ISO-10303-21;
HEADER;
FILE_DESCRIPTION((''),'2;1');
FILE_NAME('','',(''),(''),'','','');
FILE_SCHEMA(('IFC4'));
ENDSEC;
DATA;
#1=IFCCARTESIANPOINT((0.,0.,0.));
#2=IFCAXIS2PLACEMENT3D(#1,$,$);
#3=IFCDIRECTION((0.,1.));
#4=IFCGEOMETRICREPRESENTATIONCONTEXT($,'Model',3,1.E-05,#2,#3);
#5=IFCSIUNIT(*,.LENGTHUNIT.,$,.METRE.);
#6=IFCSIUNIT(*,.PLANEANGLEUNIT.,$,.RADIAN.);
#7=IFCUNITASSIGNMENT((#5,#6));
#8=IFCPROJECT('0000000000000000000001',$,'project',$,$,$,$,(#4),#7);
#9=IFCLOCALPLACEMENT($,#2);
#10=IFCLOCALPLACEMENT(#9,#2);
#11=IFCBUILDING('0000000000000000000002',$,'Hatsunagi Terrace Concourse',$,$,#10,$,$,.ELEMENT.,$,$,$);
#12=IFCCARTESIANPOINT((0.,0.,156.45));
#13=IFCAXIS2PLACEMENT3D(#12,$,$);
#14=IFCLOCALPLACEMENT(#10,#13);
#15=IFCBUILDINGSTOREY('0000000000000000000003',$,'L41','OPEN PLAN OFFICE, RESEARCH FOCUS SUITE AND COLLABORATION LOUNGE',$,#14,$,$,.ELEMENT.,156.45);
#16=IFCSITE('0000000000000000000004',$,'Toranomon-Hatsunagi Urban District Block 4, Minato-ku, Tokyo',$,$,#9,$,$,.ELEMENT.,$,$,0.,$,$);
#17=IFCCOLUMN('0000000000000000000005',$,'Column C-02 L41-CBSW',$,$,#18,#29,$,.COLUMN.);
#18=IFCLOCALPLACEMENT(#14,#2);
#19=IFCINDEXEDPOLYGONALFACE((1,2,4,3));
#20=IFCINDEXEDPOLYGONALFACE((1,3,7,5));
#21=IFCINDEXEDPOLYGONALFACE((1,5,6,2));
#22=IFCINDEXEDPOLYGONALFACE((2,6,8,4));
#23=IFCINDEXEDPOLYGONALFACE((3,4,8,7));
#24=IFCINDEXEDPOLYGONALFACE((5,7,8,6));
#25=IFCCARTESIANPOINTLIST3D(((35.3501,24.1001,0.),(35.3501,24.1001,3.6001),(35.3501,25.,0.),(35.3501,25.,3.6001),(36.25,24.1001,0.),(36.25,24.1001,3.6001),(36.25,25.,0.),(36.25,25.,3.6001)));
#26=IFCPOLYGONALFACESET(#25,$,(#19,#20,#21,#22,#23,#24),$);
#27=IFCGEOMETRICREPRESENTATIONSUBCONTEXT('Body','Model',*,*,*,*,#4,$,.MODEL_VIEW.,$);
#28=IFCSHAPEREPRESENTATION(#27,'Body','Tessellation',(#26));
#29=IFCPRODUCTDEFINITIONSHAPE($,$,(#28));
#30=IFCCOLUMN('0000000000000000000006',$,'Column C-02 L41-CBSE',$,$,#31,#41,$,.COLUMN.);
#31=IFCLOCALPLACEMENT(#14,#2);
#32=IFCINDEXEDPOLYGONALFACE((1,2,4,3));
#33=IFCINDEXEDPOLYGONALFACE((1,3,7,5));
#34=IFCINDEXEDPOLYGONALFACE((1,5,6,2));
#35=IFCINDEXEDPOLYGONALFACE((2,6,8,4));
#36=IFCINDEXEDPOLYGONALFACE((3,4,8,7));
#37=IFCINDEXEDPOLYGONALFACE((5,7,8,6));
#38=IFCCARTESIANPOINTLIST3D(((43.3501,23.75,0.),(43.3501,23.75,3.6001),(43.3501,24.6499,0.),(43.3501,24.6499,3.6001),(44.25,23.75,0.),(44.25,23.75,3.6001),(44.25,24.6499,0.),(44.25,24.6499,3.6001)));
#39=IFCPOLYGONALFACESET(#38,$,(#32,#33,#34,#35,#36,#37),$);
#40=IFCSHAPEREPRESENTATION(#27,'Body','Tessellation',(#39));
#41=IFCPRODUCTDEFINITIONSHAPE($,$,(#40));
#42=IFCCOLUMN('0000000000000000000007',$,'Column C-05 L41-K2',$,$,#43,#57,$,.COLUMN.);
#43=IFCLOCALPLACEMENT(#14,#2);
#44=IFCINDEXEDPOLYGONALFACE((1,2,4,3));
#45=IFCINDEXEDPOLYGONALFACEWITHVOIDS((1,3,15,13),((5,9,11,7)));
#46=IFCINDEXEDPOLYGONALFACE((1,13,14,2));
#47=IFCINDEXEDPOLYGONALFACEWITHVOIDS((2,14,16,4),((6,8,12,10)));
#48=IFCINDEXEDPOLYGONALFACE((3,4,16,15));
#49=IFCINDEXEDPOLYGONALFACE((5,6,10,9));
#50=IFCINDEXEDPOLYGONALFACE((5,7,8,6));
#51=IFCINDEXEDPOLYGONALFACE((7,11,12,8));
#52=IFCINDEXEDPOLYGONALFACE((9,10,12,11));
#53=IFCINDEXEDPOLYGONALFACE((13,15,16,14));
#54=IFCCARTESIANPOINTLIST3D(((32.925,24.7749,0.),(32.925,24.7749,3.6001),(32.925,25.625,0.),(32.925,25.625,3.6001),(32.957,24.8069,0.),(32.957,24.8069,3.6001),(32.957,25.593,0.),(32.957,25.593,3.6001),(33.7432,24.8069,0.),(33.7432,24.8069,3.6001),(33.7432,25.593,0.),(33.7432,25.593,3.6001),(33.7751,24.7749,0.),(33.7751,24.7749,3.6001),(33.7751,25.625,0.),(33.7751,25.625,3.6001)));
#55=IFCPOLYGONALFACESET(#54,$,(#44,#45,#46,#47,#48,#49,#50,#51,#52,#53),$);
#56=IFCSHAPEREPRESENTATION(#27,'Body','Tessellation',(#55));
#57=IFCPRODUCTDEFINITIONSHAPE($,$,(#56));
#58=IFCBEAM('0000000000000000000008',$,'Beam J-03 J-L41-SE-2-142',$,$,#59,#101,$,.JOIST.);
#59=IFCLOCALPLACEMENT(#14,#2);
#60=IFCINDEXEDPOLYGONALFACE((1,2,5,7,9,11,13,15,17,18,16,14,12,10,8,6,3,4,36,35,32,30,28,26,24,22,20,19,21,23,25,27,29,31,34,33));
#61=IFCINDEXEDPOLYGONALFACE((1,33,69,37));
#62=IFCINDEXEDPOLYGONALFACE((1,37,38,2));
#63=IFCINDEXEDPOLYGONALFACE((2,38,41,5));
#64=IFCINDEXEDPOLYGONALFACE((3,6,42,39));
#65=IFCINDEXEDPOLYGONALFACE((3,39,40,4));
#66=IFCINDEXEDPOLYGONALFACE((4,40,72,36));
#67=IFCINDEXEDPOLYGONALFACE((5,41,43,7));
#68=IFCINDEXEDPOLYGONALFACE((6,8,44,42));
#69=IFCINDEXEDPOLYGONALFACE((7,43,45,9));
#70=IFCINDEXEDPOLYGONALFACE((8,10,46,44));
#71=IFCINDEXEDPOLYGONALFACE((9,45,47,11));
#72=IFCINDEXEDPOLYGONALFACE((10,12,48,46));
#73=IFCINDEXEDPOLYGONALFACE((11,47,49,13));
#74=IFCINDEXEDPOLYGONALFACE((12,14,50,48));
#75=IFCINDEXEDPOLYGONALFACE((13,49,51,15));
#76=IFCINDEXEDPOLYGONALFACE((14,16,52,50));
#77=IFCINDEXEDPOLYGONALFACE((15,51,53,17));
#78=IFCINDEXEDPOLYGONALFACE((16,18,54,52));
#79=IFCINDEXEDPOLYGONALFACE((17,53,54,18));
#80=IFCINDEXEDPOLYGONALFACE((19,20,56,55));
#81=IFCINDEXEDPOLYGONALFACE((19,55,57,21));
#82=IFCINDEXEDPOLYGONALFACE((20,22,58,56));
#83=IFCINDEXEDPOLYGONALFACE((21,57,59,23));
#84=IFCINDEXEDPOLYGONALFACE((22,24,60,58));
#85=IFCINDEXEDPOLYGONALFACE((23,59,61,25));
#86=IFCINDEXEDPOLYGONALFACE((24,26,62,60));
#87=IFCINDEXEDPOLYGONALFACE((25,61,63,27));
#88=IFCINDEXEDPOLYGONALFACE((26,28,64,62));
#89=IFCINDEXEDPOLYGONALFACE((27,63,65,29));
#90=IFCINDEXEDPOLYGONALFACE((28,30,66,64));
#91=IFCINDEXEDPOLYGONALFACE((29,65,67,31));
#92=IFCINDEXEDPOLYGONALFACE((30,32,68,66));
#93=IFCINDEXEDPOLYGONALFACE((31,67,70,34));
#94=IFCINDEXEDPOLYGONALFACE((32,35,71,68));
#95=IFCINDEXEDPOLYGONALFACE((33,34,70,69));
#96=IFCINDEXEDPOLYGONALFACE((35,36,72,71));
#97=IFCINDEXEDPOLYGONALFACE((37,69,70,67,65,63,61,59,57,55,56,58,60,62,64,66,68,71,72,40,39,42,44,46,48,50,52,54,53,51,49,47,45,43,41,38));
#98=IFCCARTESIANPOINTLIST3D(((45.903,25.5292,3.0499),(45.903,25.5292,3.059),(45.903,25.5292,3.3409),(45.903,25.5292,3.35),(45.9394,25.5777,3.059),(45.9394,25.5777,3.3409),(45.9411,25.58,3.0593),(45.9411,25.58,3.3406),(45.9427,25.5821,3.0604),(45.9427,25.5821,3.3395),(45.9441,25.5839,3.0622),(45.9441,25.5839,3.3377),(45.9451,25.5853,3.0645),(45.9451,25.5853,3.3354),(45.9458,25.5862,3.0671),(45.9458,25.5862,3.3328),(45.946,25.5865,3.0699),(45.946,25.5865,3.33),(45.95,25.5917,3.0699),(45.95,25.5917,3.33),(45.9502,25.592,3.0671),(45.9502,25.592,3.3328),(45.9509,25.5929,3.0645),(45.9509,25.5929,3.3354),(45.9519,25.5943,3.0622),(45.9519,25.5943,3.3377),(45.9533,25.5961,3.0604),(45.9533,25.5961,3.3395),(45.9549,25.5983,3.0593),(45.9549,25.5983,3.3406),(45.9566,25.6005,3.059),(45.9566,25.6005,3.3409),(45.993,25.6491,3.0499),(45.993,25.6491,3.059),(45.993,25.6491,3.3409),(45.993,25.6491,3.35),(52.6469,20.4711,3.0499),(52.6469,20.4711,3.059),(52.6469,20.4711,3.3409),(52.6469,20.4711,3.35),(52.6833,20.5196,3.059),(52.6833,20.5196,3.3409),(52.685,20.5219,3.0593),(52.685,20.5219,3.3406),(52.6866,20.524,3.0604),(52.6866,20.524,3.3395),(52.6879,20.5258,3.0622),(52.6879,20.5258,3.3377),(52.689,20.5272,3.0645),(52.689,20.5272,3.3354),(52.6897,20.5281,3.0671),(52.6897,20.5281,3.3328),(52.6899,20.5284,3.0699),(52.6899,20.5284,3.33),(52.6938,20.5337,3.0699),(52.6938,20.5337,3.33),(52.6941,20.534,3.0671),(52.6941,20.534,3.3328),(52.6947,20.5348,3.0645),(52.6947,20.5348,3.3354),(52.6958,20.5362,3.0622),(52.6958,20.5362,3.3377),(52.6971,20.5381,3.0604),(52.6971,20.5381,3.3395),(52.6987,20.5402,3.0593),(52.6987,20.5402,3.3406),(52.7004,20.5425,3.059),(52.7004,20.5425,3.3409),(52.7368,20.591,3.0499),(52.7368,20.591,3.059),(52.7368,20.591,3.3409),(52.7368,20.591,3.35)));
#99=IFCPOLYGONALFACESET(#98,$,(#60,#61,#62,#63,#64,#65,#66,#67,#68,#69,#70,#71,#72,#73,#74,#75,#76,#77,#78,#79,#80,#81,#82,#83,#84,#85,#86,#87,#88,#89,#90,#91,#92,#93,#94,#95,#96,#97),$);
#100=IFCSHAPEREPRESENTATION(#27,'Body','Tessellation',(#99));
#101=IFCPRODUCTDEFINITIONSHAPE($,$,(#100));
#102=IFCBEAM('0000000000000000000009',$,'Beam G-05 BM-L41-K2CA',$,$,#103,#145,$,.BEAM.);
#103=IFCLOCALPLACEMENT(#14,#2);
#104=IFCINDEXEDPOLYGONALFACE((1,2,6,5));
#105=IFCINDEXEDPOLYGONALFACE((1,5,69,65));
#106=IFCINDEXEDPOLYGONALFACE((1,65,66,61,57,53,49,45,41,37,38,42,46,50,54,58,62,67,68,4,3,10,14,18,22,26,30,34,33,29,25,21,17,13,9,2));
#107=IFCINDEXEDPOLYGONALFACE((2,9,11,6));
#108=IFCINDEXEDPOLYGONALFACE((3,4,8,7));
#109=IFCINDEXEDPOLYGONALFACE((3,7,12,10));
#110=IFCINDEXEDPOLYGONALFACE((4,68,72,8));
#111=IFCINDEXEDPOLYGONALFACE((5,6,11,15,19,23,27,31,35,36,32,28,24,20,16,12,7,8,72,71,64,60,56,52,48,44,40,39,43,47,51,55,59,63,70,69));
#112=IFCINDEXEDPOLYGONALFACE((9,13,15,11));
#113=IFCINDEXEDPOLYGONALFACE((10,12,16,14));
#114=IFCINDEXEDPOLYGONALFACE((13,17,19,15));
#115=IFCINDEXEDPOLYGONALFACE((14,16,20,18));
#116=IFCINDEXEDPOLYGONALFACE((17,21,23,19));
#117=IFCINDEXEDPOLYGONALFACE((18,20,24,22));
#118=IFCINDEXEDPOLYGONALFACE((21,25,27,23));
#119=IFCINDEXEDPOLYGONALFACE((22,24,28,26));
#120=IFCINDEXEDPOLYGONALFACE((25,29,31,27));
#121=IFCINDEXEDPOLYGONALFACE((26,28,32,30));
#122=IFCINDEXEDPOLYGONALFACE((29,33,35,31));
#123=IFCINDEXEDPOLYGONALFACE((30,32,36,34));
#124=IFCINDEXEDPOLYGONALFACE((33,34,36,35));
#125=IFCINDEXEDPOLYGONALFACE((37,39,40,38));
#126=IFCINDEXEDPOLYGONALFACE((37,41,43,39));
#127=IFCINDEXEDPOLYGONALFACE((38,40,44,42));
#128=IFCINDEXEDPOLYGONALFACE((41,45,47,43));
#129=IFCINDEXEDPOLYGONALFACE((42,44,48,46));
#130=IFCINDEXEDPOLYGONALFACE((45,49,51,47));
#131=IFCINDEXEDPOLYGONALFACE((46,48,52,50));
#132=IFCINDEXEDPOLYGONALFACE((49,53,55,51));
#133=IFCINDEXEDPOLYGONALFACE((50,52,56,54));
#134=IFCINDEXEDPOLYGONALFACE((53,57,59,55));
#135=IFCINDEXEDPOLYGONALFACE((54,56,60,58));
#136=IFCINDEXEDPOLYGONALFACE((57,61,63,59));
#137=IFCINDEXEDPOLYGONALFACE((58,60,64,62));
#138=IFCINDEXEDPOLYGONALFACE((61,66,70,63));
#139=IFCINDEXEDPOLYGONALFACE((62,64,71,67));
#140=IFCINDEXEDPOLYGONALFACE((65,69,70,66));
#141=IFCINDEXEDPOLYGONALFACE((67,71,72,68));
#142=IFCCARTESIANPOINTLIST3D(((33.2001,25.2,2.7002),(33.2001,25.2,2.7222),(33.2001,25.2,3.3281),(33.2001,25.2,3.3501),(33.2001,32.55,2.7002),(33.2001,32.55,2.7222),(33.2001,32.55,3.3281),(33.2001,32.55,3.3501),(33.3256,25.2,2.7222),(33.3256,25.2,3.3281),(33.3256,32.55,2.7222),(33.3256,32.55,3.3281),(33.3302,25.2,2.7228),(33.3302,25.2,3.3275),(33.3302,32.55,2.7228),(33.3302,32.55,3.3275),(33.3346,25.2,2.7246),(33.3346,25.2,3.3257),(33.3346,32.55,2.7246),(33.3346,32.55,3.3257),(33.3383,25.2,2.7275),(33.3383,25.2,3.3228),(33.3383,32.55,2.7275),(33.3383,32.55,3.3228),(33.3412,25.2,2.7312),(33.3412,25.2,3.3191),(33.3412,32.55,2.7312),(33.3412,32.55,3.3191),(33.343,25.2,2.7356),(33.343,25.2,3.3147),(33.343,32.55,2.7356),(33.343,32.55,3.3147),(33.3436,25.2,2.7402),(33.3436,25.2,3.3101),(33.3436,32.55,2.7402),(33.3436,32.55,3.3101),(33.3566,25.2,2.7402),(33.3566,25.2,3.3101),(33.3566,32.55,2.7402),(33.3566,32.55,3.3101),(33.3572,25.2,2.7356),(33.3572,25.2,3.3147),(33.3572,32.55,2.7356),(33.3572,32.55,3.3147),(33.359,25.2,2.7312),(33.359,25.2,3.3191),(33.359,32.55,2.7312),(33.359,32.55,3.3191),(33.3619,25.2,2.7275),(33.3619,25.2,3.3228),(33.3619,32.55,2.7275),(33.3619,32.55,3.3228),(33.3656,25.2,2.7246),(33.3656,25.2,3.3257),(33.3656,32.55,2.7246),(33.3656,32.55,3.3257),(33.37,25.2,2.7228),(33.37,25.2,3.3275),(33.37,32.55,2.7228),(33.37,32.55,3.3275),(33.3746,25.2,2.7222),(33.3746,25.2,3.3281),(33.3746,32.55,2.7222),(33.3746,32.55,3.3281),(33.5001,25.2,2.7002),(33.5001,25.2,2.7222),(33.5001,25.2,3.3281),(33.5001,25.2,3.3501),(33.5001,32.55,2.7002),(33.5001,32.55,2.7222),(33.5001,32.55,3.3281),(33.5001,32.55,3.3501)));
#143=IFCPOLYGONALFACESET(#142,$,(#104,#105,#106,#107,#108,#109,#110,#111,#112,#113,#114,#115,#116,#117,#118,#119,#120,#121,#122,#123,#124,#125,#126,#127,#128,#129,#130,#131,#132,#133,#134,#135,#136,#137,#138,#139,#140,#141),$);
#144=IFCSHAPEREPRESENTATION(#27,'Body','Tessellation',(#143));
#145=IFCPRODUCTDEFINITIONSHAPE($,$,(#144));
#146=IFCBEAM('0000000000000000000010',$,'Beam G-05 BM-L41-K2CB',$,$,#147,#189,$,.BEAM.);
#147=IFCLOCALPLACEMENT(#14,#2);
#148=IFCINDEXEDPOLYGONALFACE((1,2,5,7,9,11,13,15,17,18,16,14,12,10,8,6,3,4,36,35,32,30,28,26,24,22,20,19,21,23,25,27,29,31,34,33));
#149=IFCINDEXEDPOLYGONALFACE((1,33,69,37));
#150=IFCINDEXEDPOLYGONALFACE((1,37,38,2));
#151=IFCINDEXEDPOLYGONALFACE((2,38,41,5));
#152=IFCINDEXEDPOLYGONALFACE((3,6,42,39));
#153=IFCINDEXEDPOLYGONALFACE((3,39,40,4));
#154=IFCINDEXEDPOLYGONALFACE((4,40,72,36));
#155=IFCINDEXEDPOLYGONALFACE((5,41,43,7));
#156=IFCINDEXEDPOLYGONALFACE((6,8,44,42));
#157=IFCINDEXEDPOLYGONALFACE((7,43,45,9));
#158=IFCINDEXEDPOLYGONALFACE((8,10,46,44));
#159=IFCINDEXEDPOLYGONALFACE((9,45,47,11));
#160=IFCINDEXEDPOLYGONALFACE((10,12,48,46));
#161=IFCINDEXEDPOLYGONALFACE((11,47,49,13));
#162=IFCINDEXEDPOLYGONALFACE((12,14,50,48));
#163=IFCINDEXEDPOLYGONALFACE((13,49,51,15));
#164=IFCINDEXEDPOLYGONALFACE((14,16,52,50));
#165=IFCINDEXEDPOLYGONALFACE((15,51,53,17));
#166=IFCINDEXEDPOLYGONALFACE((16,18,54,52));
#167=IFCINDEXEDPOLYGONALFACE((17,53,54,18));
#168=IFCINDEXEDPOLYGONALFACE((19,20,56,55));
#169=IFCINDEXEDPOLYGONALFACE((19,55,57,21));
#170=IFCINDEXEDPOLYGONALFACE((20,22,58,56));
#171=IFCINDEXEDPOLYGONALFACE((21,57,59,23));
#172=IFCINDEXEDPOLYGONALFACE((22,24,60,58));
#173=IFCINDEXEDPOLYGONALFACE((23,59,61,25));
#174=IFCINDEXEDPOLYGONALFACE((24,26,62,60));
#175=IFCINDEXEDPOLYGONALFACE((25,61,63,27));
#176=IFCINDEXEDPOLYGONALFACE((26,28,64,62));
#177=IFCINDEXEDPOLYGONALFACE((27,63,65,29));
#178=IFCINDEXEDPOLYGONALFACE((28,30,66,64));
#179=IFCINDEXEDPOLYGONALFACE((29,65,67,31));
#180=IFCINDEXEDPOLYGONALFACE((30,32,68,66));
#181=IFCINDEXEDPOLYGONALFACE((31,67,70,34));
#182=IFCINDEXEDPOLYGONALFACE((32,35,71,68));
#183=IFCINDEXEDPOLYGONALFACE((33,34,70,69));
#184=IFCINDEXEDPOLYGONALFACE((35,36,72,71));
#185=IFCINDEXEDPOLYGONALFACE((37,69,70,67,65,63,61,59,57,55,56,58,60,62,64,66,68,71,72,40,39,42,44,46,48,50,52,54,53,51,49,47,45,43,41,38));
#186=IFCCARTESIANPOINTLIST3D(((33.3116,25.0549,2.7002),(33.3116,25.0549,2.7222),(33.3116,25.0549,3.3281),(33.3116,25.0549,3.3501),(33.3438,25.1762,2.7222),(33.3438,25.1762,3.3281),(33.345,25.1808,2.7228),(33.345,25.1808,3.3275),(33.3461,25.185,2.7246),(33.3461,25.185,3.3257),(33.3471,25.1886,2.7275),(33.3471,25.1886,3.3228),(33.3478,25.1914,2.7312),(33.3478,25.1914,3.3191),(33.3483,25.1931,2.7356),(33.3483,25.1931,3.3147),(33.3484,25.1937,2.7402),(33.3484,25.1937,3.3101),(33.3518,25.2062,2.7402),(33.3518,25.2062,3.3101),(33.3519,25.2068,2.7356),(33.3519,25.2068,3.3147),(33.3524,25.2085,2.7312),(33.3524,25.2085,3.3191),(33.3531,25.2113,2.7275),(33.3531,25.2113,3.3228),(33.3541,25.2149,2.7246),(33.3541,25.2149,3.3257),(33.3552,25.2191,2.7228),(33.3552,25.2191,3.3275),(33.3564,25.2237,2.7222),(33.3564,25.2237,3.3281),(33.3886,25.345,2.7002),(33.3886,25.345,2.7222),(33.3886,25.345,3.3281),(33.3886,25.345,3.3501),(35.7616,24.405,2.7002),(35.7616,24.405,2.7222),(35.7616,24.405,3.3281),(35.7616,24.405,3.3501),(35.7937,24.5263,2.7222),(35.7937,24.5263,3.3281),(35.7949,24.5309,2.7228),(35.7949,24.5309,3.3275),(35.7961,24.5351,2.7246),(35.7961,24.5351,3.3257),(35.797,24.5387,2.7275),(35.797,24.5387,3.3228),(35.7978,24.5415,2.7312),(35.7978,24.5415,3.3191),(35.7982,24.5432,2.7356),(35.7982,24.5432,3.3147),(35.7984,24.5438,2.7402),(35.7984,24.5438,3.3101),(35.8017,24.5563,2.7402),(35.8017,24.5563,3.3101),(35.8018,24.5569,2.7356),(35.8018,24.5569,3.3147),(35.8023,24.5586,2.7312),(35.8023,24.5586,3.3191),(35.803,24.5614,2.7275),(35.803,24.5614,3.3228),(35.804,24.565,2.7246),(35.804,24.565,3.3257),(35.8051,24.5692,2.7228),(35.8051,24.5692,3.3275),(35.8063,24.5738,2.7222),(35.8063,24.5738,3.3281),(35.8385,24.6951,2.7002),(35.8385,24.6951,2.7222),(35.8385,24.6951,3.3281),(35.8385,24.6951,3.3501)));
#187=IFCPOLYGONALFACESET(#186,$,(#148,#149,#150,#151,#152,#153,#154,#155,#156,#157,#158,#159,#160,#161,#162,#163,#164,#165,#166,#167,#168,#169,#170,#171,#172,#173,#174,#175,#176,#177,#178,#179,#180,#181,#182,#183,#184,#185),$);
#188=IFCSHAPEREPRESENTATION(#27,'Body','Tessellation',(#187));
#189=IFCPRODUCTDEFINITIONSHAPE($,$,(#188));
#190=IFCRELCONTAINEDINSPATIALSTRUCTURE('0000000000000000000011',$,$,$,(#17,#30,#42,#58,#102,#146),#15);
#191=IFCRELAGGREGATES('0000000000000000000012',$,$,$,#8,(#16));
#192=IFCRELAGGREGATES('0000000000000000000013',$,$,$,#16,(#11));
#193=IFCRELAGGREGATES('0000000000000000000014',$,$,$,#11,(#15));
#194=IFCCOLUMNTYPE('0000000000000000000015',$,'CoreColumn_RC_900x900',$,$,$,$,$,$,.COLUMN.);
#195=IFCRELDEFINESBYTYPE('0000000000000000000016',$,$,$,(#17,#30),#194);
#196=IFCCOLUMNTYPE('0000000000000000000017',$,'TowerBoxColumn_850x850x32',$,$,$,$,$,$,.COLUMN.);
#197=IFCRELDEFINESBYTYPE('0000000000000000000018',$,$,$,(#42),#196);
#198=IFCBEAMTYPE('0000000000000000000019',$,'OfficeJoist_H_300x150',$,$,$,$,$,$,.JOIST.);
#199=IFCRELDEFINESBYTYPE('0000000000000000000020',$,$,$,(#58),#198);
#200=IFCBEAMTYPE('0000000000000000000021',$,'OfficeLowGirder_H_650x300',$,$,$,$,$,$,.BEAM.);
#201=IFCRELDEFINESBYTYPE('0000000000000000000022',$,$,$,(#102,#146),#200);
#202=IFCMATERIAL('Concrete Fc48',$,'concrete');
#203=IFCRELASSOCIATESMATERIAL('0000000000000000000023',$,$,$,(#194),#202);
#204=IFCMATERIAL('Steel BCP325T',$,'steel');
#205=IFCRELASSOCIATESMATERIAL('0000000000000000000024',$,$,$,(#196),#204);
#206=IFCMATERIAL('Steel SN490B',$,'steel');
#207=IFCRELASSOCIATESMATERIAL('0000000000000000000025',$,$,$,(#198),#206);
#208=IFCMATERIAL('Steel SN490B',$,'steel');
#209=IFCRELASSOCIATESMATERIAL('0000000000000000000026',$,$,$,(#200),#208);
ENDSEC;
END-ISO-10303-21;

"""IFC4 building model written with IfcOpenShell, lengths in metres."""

from ifc_helpers import new_model, si_unit, direction, frame, origin, origin_2d, place, context, subcontext, project, spatial, rectangle, hollow_rectangle, i_section, extrude, material, material_profile, profile_set, type_object, element, save


model = new_model("IFC4")

# Units and contexts
model_context = context("Model", 3, precision=1e-05, world=origin(), true_north=direction((0.0, 1.0)))
body_context = subcontext(model_context, "Body", "Model", "MODEL_VIEW")
ifc_project = project(units=[si_unit("LENGTHUNIT", "METRE"), si_unit("PLANEANGLEUNIT", "RADIAN")], contexts=[model_context])

# Site, building, storey
site_placement = place(None, origin())
site = spatial("IfcSite", under=ifc_project, at=site_placement, Name="Toranomon-Hatsunagi Urban District Block 4, Minato-ku, Tokyo", CompositionType="ELEMENT", RefElevation=0.0)
building_placement = place(site_placement, origin())
building = spatial("IfcBuilding", under=site, at=building_placement, Name="Hatsunagi Terrace Concourse", CompositionType="ELEMENT")
storey_placement = place(building_placement, frame((0.0, 0.0, 156.45)))
storey = spatial("IfcBuildingStorey", under=building, at=storey_placement, Name="L41", Description="OPEN PLAN OFFICE, RESEARCH FOCUS SUITE AND COLLABORATION LOUNGE", CompositionType="ELEMENT", Elevation=156.45)

# Columns
ifc_material_1 = material(Name="Concrete Fc48", Category="concrete")
ifc_material_profile_1 = material_profile(ifc_material_1, rectangle(XDim=0.8999, YDim=0.8999, at=origin_2d()), Name="RC-900x900")
ifc_profile_set_1 = profile_set([ifc_material_profile_1], Name="Concrete Fc48")
column_type_1 = type_object("IfcColumnType", Name="CoreColumn_RC_900x900", PredefinedType="COLUMN", material=ifc_profile_set_1)
for number, where, z_axis, x_axis, name in (
    (1, (35.8, 24.55, 0.0), (0.0, 0.0, 1.0), (1.0, 0.0, 0.0), "Column C-02 L41-CBSW"),
    (2, (43.8, 24.2, 0.0), (0.0, 0.0, 1.0), (1.0, 0.0, 0.0), "Column C-02 L41-CBSE"),
):
    element("IfcColumn", number, at=place(storey_placement, frame(where, z_axis=z_axis, x_axis=x_axis)), inside=storey, type_object=column_type_1, Name=name, PredefinedType="COLUMN", context=body_context, shape_type="SweptSolid", body=[
        extrude(rectangle(XDim=0.8999, YDim=0.8999, at=origin_2d()), origin(), (0.0, 0.0, 1.0), 3.6001),
    ])
ifc_material_2 = material(Name="Steel BCP325T", Category="steel")
ifc_material_profile_2 = material_profile(ifc_material_2, hollow_rectangle(XDim=0.8501, YDim=0.8501, WallThickness=0.032, at=origin_2d()), Name="BCP-850x850x32")
ifc_profile_set_2 = profile_set([ifc_material_profile_2], Name="Steel BCP325T")
column_type_2 = type_object("IfcColumnType", Name="TowerBoxColumn_850x850x32", PredefinedType="COLUMN", material=ifc_profile_set_2)
column_placement = place(storey_placement, frame((33.3501, 25.2, 0.0), z_axis=(0.0, 0.0, 1.0), x_axis=(1.0, 0.0, 0.0)))
element("IfcColumn", 3, at=column_placement, inside=storey, type_object=column_type_2, Name="Column C-05 L41-K2", PredefinedType="COLUMN", context=body_context, shape_type="SweptSolid", body=[
    extrude(hollow_rectangle(XDim=0.8501, YDim=0.8501, WallThickness=0.032, at=origin_2d()), origin(), (0.0, 0.0, 1.0), 3.6001),
])

# Beams
ifc_material_3 = material(Name="Steel SN490B", Category="steel")
ifc_material_profile_3 = material_profile(ifc_material_3, i_section(OverallWidth=0.1499, OverallDepth=0.3, WebThickness=0.0066, FlangeThickness=0.009, FilletRadius=0.011, at=origin_2d()), Name="H-300x150x6.5x9")
ifc_profile_set_3 = profile_set([ifc_material_profile_3], Name="Steel SN490B")
beam_type_1 = type_object("IfcBeamType", Name="OfficeJoist_H_300x150", PredefinedType="JOIST", material=ifc_profile_set_3)
beam_1_placement = place(storey_placement, frame((45.948, 25.5891, 3.2), z_axis=(0.79999, -0.600014, 0.0), x_axis=(0.600014, 0.79999, 0.0)))
element("IfcBeam", 4, at=beam_1_placement, inside=storey, type_object=beam_type_1, Name="Beam J-03 J-L41-SE-2-142", PredefinedType="JOIST", context=body_context, shape_type="SweptSolid", body=[
    extrude(i_section(OverallWidth=0.1499, OverallDepth=0.3, WebThickness=0.0066, FlangeThickness=0.009, FilletRadius=0.011, at=origin_2d()), origin(), (0.0, 0.0, 1.0), 8.4299),
])
ifc_material_4 = material(Name="Steel SN490B", Category="steel")
ifc_material_profile_4 = material_profile(ifc_material_4, i_section(OverallWidth=0.3, OverallDepth=0.6499, WebThickness=0.0129, FlangeThickness=0.022, FilletRadius=0.0181, at=origin_2d()), Name="H-650x300x13x22")
ifc_profile_set_4 = profile_set([ifc_material_profile_4], Name="Steel SN490B")
beam_type_2 = type_object("IfcBeamType", Name="OfficeLowGirder_H_650x300", PredefinedType="BEAM", material=ifc_profile_set_4)
beam_2_placement = place(storey_placement, frame((33.3501, 25.2, 3.0251), z_axis=(0.0, 1.0, 0.0), x_axis=(-1.0, 0.0, 0.0)))
element("IfcBeam", 5, at=beam_2_placement, inside=storey, type_object=beam_type_2, Name="Beam G-05 BM-L41-K2CA", PredefinedType="BEAM", context=body_context, shape_type="SweptSolid", body=[
    extrude(i_section(OverallWidth=0.3, OverallDepth=0.6499, WebThickness=0.0129, FlangeThickness=0.022, FilletRadius=0.0181, at=origin_2d()), origin(), (0.0, 0.0, 1.0), 7.3501),
])
beam_3_placement = place(storey_placement, frame((33.3501, 25.2, 3.0251), z_axis=(0.96657, -0.256403, 0.0), x_axis=(0.256403, 0.96657, 0.0)))
element("IfcBeam", 6, at=beam_3_placement, inside=storey, type_object=beam_type_2, Name="Beam G-05 BM-L41-K2CB", PredefinedType="BEAM", context=body_context, shape_type="SweptSolid", body=[
    extrude(i_section(OverallWidth=0.3, OverallDepth=0.6499, WebThickness=0.0129, FlangeThickness=0.022, FilletRadius=0.0181, at=origin_2d()), origin(), (0.0, 0.0, 1.0), 2.5347),
])

save(model, "model.ifc")
